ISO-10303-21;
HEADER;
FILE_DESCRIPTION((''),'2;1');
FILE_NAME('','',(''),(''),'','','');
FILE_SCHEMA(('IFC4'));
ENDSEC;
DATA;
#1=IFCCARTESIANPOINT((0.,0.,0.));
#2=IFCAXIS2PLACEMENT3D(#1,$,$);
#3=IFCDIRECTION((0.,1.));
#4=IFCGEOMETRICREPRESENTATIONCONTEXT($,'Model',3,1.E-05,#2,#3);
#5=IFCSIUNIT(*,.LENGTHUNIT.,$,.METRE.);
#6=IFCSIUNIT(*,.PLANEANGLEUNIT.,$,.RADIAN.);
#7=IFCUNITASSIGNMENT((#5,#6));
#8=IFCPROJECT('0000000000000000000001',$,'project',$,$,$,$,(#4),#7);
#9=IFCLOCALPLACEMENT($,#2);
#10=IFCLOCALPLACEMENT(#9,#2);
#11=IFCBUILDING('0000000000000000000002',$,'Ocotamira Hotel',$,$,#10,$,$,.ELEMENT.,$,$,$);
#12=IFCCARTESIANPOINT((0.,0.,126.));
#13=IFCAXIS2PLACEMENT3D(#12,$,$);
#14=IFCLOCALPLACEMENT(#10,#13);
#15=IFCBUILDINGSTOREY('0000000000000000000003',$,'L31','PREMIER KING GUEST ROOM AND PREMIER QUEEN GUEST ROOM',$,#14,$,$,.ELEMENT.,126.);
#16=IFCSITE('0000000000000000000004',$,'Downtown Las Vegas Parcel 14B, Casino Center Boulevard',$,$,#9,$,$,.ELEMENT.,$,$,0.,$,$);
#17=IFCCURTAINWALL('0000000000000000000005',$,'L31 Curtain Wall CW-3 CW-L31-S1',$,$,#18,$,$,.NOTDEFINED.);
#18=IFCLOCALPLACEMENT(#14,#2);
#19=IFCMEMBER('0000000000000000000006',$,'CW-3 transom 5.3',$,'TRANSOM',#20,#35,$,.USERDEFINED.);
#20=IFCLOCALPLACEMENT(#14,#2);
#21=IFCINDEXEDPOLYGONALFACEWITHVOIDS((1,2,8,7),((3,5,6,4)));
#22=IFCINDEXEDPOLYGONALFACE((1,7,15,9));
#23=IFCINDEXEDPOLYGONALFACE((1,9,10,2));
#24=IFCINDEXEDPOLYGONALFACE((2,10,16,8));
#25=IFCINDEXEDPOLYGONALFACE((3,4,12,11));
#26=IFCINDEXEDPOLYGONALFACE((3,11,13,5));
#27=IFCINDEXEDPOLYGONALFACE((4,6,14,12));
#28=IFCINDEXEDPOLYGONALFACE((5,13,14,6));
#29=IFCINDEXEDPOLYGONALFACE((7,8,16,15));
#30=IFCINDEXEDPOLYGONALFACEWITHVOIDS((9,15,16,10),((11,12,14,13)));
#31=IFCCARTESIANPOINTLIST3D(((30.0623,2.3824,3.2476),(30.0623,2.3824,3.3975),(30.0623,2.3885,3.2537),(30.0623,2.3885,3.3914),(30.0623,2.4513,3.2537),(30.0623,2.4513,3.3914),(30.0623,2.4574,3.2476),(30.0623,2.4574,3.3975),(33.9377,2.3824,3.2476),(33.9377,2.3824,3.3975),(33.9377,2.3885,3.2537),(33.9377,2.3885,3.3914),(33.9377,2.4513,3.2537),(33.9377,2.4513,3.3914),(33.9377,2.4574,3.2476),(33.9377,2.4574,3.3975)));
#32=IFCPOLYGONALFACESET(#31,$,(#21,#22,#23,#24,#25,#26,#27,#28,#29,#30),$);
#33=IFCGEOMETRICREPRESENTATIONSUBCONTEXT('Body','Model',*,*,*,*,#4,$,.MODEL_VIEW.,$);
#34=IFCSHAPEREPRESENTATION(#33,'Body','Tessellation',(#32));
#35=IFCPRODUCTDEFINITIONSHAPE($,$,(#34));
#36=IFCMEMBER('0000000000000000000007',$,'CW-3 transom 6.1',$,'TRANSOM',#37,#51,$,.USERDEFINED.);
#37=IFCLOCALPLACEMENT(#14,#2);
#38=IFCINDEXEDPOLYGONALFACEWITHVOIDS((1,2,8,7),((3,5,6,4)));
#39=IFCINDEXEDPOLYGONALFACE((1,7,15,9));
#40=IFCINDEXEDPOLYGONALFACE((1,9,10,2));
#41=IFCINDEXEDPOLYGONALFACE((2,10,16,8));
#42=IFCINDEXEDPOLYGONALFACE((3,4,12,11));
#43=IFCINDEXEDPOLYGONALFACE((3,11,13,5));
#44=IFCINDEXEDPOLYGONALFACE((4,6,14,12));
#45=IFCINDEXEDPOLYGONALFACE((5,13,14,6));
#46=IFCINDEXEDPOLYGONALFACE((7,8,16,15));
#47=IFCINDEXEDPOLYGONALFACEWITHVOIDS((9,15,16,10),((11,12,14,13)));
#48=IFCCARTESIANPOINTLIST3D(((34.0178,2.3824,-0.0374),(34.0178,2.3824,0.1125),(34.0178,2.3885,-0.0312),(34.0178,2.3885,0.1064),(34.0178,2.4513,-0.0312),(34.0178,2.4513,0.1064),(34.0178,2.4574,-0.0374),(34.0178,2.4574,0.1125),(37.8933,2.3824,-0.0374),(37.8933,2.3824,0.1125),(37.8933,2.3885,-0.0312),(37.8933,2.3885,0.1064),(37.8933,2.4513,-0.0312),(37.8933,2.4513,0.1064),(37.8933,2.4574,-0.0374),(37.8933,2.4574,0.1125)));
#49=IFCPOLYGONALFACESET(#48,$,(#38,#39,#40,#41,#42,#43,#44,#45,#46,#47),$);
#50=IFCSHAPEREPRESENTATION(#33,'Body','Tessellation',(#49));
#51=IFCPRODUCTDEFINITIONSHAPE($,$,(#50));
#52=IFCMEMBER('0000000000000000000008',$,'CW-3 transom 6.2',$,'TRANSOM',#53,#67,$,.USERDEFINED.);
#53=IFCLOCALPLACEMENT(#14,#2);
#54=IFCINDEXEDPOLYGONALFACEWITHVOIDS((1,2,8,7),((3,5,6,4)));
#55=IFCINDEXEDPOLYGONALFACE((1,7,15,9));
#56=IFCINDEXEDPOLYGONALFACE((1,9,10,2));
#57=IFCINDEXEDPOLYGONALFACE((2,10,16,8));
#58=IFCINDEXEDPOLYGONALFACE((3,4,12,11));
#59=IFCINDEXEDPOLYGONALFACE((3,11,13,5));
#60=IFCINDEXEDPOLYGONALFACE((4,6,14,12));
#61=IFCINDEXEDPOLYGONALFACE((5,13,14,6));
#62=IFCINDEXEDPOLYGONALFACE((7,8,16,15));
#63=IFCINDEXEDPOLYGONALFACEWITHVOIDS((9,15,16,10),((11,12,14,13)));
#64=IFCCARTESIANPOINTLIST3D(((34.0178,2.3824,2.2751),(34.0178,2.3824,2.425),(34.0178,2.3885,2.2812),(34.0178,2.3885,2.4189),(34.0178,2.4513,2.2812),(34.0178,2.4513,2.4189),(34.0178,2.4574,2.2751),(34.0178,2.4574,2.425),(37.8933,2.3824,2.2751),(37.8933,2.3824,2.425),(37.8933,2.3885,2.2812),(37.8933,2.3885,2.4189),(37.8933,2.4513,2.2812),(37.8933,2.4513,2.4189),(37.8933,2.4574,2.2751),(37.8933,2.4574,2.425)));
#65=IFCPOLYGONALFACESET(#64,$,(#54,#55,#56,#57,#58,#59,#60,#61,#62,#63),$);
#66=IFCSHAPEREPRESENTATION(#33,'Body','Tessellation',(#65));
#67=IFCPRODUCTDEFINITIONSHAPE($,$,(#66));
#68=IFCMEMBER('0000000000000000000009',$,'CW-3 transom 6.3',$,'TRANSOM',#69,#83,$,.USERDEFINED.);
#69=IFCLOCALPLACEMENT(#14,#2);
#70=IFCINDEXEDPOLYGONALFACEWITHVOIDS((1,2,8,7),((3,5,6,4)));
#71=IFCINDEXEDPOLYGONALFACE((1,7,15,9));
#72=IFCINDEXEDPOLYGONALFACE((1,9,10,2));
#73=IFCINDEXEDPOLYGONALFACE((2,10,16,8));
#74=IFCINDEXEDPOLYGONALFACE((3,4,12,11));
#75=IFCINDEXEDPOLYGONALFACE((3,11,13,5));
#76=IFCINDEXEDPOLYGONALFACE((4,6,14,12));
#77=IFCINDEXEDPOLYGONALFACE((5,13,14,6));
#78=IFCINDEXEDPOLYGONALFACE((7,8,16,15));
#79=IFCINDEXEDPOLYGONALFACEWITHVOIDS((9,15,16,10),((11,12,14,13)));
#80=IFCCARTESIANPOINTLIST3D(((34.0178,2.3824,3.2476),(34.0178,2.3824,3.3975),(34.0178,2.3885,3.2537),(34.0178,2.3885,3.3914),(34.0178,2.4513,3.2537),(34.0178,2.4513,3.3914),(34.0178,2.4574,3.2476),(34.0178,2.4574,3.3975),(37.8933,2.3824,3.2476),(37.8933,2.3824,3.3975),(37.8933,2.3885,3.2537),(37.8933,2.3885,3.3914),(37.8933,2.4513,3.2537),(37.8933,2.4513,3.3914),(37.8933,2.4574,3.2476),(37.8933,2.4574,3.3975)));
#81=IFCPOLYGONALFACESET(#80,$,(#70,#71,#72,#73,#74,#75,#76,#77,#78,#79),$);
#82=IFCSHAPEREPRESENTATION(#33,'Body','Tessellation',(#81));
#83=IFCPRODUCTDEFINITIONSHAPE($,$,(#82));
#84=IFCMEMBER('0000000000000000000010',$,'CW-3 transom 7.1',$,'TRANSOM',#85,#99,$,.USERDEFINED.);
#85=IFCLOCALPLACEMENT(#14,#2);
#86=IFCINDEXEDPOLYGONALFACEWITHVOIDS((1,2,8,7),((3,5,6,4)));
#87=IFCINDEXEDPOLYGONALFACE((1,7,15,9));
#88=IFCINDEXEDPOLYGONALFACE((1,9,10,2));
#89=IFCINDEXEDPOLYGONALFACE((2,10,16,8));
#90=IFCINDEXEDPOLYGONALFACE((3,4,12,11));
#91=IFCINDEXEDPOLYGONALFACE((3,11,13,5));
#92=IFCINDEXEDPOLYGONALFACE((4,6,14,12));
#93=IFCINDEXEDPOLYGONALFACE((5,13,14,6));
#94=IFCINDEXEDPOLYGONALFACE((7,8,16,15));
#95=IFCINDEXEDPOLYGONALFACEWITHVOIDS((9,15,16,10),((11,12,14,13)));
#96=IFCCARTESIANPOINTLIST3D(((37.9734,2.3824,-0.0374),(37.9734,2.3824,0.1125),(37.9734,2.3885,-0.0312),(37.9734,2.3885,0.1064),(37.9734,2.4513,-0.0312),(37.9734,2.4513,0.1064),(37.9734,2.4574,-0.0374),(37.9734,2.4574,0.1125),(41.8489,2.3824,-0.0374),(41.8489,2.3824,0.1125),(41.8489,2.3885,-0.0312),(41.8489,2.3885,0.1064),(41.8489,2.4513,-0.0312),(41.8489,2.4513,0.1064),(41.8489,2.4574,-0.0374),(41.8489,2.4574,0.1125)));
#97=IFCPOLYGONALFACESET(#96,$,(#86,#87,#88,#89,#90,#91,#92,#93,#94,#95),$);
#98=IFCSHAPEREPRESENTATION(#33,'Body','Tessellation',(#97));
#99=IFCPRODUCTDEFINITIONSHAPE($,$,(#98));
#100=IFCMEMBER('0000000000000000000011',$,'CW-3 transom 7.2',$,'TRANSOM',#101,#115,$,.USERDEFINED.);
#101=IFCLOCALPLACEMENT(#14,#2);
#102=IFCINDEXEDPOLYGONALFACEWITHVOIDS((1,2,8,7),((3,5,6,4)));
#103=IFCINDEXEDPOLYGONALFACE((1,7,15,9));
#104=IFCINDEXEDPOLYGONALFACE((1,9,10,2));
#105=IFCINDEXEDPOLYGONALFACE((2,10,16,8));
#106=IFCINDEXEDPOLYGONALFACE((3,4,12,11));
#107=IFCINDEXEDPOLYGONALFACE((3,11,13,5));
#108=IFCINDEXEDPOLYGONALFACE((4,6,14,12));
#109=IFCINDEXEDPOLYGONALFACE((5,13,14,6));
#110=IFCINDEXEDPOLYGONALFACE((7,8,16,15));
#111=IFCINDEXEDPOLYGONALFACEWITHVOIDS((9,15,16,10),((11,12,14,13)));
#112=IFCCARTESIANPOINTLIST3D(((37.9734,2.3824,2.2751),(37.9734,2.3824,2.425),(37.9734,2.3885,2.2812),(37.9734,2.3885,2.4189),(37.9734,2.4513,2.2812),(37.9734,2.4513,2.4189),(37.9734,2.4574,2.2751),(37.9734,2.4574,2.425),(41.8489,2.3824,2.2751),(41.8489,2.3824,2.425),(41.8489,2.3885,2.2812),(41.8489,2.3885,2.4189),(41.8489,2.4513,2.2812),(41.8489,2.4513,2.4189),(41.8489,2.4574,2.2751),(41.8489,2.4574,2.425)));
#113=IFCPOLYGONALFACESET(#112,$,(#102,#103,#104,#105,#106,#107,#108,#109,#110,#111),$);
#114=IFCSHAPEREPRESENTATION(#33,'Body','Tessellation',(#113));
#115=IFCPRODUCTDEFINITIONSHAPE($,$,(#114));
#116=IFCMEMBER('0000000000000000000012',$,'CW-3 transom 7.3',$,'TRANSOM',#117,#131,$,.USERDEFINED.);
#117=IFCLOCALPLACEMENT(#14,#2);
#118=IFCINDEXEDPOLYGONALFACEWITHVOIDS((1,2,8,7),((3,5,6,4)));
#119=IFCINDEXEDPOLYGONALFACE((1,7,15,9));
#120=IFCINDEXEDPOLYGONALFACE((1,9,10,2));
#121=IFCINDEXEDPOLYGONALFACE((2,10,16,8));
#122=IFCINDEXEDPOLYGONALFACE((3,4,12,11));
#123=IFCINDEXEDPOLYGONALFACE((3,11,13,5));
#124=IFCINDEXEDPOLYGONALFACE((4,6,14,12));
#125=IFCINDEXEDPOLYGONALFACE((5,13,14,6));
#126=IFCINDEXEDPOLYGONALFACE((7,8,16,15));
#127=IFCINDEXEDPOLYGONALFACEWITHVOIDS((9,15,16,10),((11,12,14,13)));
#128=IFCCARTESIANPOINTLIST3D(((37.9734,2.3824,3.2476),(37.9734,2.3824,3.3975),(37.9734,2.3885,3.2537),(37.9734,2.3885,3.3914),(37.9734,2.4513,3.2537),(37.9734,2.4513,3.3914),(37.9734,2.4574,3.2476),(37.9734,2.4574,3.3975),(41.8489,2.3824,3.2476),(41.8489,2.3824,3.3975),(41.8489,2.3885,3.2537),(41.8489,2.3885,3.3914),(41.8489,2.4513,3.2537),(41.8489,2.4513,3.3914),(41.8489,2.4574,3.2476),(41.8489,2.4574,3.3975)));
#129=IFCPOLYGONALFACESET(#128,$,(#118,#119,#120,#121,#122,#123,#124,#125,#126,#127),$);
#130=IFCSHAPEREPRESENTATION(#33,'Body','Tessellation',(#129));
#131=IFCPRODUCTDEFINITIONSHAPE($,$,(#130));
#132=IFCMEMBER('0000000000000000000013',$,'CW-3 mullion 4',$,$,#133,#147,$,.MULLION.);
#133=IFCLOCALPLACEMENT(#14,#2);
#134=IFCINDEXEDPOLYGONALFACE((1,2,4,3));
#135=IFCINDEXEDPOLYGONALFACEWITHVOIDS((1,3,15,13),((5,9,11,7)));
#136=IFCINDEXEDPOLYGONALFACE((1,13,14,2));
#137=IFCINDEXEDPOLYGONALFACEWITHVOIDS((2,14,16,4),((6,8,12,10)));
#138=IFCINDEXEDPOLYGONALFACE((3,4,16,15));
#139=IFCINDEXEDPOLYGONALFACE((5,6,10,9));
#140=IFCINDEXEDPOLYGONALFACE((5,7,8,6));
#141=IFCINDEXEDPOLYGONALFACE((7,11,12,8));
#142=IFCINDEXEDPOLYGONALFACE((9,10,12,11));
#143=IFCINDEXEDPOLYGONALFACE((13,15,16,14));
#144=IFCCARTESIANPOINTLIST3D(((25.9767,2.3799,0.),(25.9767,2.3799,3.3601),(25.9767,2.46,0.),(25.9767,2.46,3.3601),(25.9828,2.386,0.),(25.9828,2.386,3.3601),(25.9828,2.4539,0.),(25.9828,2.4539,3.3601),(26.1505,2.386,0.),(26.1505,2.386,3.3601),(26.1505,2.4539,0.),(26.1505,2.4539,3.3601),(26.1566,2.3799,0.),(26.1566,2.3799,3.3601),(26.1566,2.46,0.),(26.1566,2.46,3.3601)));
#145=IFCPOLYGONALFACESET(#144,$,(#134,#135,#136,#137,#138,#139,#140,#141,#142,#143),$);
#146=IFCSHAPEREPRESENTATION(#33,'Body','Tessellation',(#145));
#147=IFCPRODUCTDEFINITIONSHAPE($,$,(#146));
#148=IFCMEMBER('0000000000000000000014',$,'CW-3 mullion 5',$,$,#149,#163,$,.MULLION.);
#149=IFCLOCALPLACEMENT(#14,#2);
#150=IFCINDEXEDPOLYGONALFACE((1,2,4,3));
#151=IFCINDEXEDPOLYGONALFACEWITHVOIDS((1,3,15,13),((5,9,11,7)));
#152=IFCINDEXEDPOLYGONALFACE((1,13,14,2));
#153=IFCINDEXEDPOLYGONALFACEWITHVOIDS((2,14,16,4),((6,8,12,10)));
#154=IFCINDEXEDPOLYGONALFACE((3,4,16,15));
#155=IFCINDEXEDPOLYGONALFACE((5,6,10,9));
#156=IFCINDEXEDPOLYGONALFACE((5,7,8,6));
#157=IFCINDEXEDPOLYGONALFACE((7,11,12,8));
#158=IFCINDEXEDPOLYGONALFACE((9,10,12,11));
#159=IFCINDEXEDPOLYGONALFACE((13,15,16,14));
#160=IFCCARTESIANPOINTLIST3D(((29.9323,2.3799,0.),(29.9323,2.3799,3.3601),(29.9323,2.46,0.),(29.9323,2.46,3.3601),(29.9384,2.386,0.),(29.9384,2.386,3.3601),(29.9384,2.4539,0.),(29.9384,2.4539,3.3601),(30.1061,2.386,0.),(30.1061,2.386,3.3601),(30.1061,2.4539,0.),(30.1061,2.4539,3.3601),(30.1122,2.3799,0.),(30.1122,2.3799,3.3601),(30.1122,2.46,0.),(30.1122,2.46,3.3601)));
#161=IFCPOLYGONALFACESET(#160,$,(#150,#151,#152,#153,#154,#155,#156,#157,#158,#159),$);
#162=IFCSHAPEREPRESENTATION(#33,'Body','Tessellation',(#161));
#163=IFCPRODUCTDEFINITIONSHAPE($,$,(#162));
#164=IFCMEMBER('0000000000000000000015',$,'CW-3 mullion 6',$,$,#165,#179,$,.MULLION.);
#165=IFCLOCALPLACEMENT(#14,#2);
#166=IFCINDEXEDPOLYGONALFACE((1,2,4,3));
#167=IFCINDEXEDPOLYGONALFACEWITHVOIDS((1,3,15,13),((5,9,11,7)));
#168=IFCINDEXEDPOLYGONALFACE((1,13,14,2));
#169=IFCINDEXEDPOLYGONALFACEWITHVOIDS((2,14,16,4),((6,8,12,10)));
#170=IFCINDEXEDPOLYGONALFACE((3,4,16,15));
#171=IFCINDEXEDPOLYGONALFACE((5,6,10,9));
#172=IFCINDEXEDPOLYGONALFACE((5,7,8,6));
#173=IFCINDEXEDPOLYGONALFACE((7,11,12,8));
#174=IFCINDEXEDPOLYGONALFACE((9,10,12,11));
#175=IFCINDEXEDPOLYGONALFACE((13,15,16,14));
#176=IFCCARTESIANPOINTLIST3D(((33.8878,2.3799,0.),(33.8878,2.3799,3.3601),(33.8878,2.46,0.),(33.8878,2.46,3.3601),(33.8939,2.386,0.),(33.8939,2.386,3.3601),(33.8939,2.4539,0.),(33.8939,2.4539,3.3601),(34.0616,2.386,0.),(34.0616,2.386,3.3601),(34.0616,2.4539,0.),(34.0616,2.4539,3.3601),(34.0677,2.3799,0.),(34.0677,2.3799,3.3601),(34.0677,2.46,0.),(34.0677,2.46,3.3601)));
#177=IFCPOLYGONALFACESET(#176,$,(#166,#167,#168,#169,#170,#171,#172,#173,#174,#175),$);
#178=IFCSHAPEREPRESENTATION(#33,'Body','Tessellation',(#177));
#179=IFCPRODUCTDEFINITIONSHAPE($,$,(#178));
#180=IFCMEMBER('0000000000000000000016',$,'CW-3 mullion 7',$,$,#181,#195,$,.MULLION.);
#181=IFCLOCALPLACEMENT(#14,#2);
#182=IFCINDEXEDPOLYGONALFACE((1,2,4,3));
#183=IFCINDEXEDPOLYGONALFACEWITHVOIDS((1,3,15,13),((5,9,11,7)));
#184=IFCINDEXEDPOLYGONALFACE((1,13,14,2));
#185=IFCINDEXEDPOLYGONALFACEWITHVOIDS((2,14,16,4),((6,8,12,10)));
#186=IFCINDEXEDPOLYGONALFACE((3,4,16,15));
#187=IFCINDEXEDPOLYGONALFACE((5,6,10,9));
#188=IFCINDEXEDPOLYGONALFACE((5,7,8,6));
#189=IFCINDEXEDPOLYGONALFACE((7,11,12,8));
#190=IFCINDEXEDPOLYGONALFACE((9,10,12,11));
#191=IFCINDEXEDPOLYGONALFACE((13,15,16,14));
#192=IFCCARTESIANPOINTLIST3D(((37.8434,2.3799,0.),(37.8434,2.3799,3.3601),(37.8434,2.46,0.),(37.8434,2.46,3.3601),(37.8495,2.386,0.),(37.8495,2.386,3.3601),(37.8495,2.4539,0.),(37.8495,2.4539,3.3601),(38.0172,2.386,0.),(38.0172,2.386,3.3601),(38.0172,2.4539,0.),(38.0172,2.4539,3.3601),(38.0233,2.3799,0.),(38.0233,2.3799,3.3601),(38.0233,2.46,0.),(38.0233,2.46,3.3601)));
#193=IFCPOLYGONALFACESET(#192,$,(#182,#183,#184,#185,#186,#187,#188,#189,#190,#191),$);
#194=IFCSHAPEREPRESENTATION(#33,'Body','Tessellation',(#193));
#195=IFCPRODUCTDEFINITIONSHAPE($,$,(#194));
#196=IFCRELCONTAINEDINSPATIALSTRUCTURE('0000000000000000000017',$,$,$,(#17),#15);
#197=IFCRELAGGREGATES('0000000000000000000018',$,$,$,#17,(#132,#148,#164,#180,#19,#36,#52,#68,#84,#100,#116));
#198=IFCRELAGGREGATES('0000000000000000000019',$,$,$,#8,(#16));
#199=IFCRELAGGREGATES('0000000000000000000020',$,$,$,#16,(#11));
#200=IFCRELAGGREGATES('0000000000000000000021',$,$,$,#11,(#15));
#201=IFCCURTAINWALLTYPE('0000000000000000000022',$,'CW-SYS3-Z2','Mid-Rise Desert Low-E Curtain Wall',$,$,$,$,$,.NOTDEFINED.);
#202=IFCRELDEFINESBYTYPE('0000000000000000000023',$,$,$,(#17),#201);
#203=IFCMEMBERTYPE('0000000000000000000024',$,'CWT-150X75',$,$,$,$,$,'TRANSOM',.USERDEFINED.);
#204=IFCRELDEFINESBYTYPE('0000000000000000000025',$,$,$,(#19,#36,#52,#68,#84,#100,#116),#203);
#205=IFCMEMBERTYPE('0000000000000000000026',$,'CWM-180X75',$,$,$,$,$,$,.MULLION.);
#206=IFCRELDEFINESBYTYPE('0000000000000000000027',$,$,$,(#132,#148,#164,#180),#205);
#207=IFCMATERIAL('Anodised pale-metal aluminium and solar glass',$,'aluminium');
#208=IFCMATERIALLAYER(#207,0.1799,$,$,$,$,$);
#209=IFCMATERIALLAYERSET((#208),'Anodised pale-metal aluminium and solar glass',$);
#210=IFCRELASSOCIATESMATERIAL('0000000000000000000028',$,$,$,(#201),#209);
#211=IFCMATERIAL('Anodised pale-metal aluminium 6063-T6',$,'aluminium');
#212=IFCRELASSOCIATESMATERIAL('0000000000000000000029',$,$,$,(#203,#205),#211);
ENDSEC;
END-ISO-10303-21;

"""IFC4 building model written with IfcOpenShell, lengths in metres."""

from ifc_helpers import new_model, si_unit, direction, frame, origin, origin_2d, place, context, subcontext, project, spatial, hollow_rectangle, extrude, source, transform, mapped, material, layer, layer_set, material_profile, profile_set, type_object, element, aggregate, save


model = new_model("IFC4")

# Units and contexts
model_context = context("Model", 3, precision=1e-05, world=origin(), true_north=direction((0.0, 1.0)))
body_context = subcontext(model_context, "Body", "Model", "MODEL_VIEW")
ifc_project = project(units=[si_unit("LENGTHUNIT", "METRE"), si_unit("PLANEANGLEUNIT", "RADIAN")], contexts=[model_context])

# Site, building, storey
site_placement = place(None, origin())
site = spatial("IfcSite", under=ifc_project, at=site_placement, Name="Downtown Las Vegas Parcel 14B, Casino Center Boulevard", CompositionType="ELEMENT", RefElevation=0.0)
building_placement = place(site_placement, origin())
building = spatial("IfcBuilding", under=site, at=building_placement, Name="Ocotamira Hotel", CompositionType="ELEMENT")
storey_placement = place(building_placement, frame((0.0, 0.0, 126.0)))
storey = spatial("IfcBuildingStorey", under=building, at=storey_placement, Name="L31", Description="PREMIER KING GUEST ROOM AND PREMIER QUEEN GUEST ROOM", CompositionType="ELEMENT", Elevation=126.0)

# Curtain wall, members
ifc_material_1 = material(Name="Anodised pale-metal aluminium and solar glass", Category="aluminium")
ifc_layer_1 = layer(ifc_material_1, 0.1799)
ifc_layer_set_1 = layer_set([ifc_layer_1], Name="Anodised pale-metal aluminium and solar glass")
curtain_wall_type = type_object("IfcCurtainWallType", Name="CW-SYS3-Z2", Description="Mid-Rise Desert Low-E Curtain Wall", PredefinedType="NOTDEFINED", material=ifc_layer_set_1)
curtain_wall_placement = place(storey_placement, origin())
curtain_wall = element("IfcCurtainWall", 1, at=curtain_wall_placement, inside=storey, type_object=curtain_wall_type, Name="L31 Curtain Wall CW-3 CW-L31-S1", PredefinedType="NOTDEFINED")
ifc_material_2 = material(Name="Anodised pale-metal aluminium 6063-T6", Category="aluminium")
ifc_material_profile_1 = material_profile(ifc_material_2, hollow_rectangle(XDim=0.075, YDim=0.1499, WallThickness=0.0061, at=origin_2d()), Name="HSS150X75X6")
ifc_profile_set_1 = profile_set([ifc_material_profile_1], Name="Anodised pale-metal aluminium 6063-T6")
member_type_1 = type_object("IfcMemberType", Name="CWT-150X75", ElementType="TRANSOM", PredefinedType="USERDEFINED", material=ifc_profile_set_1)
shared_shape_1 = source(origin(), body_context, "Body", "SweptSolid", [
    extrude(hollow_rectangle(XDim=0.075, YDim=0.1499, WallThickness=0.0061, at=origin_2d()), origin(), (0.0, 0.0, 1.0), 3.8755),
])
member_1_placement = place(storey_placement, frame((30.0623, 2.4199, 3.3225), z_axis=(1.0, 0.0, 0.0), x_axis=(0.0, 1.0, 0.0)))
member_1 = element("IfcMember", 2, at=member_1_placement, type_object=member_type_1, Name="CW-3 transom 5.3", ObjectType="TRANSOM", PredefinedType="USERDEFINED", context=body_context, shape_type="MappedRepresentation", body=[
    mapped(shared_shape_1, transform((0.0, 0.0, 0.0), scale=1.0)),
])
member_2_placement = place(storey_placement, frame((34.0178, 2.4199, 0.0376), z_axis=(1.0, 0.0, 0.0), x_axis=(0.0, 1.0, 0.0)))
member_2 = element("IfcMember", 3, at=member_2_placement, type_object=member_type_1, Name="CW-3 transom 6.1", ObjectType="TRANSOM", PredefinedType="USERDEFINED", context=body_context, shape_type="MappedRepresentation", body=[
    mapped(shared_shape_1, transform((0.0, 0.0, 0.0), scale=1.0)),
])
member_3_placement = place(storey_placement, frame((34.0178, 2.4199, 2.3501), z_axis=(1.0, 0.0, 0.0), x_axis=(0.0, 1.0, 0.0)))
member_3 = element("IfcMember", 4, at=member_3_placement, type_object=member_type_1, Name="CW-3 transom 6.2", ObjectType="TRANSOM", PredefinedType="USERDEFINED", context=body_context, shape_type="MappedRepresentation", body=[
    mapped(shared_shape_1, transform((0.0, 0.0, 0.0), scale=1.0)),
])
member_4_placement = place(storey_placement, frame((34.0178, 2.4199, 3.3225), z_axis=(1.0, 0.0, 0.0), x_axis=(0.0, 1.0, 0.0)))
member_4 = element("IfcMember", 5, at=member_4_placement, type_object=member_type_1, Name="CW-3 transom 6.3", ObjectType="TRANSOM", PredefinedType="USERDEFINED", context=body_context, shape_type="MappedRepresentation", body=[
    mapped(shared_shape_1, transform((0.0, 0.0, 0.0), scale=1.0)),
])
member_5_placement = place(storey_placement, frame((37.9734, 2.4199, 0.0376), z_axis=(1.0, 0.0, 0.0), x_axis=(0.0, 1.0, 0.0)))
member_5 = element("IfcMember", 6, at=member_5_placement, type_object=member_type_1, Name="CW-3 transom 7.1", ObjectType="TRANSOM", PredefinedType="USERDEFINED", context=body_context, shape_type="MappedRepresentation", body=[
    mapped(shared_shape_1, transform((0.0, 0.0, 0.0), scale=1.0)),
])
member_6_placement = place(storey_placement, frame((37.9734, 2.4199, 2.3501), z_axis=(1.0, 0.0, 0.0), x_axis=(0.0, 1.0, 0.0)))
member_6 = element("IfcMember", 7, at=member_6_placement, type_object=member_type_1, Name="CW-3 transom 7.2", ObjectType="TRANSOM", PredefinedType="USERDEFINED", context=body_context, shape_type="MappedRepresentation", body=[
    mapped(shared_shape_1, transform((0.0, 0.0, 0.0), scale=1.0)),
])
member_7_placement = place(storey_placement, frame((37.9734, 2.4199, 3.3225), z_axis=(1.0, 0.0, 0.0), x_axis=(0.0, 1.0, 0.0)))
member_7 = element("IfcMember", 8, at=member_7_placement, type_object=member_type_1, Name="CW-3 transom 7.3", ObjectType="TRANSOM", PredefinedType="USERDEFINED", context=body_context, shape_type="MappedRepresentation", body=[
    mapped(shared_shape_1, transform((0.0, 0.0, 0.0), scale=1.0)),
])
ifc_material_profile_2 = material_profile(ifc_material_2, hollow_rectangle(XDim=0.0801, YDim=0.1799, WallThickness=0.0061, at=origin_2d()), Name="HSS180X80X6")
ifc_profile_set_2 = profile_set([ifc_material_profile_2], Name="Anodised pale-metal aluminium 6063-T6")
member_type_2 = type_object("IfcMemberType", Name="CWM-180X75", PredefinedType="MULLION", material=ifc_profile_set_2)
shared_shape_2 = source(origin(), body_context, "Body", "SweptSolid", [
    extrude(hollow_rectangle(XDim=0.0801, YDim=0.1799, WallThickness=0.0061, at=origin_2d()), origin(), (0.0, 0.0, 1.0), 3.3601),
])
member_8_placement = place(storey_placement, frame((26.0667, 2.4199, 0.0), z_axis=(0.0, 0.0, 1.0), x_axis=(0.0, 1.0, 0.0)))
member_8 = element("IfcMember", 9, at=member_8_placement, type_object=member_type_2, Name="CW-3 mullion 4", PredefinedType="MULLION", context=body_context, shape_type="MappedRepresentation", body=[
    mapped(shared_shape_2, transform((0.0, 0.0, 0.0), scale=1.0)),
])
member_9_placement = place(storey_placement, frame((30.0222, 2.4199, 0.0), z_axis=(0.0, 0.0, 1.0), x_axis=(0.0, 1.0, 0.0)))
member_9 = element("IfcMember", 10, at=member_9_placement, type_object=member_type_2, Name="CW-3 mullion 5", PredefinedType="MULLION", context=body_context, shape_type="MappedRepresentation", body=[
    mapped(shared_shape_2, transform((0.0, 0.0, 0.0), scale=1.0)),
])
member_10_placement = place(storey_placement, frame((33.9778, 2.4199, 0.0), z_axis=(0.0, 0.0, 1.0), x_axis=(0.0, 1.0, 0.0)))
member_10 = element("IfcMember", 11, at=member_10_placement, type_object=member_type_2, Name="CW-3 mullion 6", PredefinedType="MULLION", context=body_context, shape_type="MappedRepresentation", body=[
    mapped(shared_shape_2, transform((0.0, 0.0, 0.0), scale=1.0)),
])
member_11_placement = place(storey_placement, frame((37.9333, 2.4199, 0.0), z_axis=(0.0, 0.0, 1.0), x_axis=(0.0, 1.0, 0.0)))
member_11 = element("IfcMember", 12, at=member_11_placement, type_object=member_type_2, Name="CW-3 mullion 7", PredefinedType="MULLION", context=body_context, shape_type="MappedRepresentation", body=[
    mapped(shared_shape_2, transform((0.0, 0.0, 0.0), scale=1.0)),
])

aggregate(curtain_wall, [member_8, member_9, member_10, member_11, member_1, member_2, member_3, member_4, member_5, member_6, member_7])

save(model, "model.ifc")
